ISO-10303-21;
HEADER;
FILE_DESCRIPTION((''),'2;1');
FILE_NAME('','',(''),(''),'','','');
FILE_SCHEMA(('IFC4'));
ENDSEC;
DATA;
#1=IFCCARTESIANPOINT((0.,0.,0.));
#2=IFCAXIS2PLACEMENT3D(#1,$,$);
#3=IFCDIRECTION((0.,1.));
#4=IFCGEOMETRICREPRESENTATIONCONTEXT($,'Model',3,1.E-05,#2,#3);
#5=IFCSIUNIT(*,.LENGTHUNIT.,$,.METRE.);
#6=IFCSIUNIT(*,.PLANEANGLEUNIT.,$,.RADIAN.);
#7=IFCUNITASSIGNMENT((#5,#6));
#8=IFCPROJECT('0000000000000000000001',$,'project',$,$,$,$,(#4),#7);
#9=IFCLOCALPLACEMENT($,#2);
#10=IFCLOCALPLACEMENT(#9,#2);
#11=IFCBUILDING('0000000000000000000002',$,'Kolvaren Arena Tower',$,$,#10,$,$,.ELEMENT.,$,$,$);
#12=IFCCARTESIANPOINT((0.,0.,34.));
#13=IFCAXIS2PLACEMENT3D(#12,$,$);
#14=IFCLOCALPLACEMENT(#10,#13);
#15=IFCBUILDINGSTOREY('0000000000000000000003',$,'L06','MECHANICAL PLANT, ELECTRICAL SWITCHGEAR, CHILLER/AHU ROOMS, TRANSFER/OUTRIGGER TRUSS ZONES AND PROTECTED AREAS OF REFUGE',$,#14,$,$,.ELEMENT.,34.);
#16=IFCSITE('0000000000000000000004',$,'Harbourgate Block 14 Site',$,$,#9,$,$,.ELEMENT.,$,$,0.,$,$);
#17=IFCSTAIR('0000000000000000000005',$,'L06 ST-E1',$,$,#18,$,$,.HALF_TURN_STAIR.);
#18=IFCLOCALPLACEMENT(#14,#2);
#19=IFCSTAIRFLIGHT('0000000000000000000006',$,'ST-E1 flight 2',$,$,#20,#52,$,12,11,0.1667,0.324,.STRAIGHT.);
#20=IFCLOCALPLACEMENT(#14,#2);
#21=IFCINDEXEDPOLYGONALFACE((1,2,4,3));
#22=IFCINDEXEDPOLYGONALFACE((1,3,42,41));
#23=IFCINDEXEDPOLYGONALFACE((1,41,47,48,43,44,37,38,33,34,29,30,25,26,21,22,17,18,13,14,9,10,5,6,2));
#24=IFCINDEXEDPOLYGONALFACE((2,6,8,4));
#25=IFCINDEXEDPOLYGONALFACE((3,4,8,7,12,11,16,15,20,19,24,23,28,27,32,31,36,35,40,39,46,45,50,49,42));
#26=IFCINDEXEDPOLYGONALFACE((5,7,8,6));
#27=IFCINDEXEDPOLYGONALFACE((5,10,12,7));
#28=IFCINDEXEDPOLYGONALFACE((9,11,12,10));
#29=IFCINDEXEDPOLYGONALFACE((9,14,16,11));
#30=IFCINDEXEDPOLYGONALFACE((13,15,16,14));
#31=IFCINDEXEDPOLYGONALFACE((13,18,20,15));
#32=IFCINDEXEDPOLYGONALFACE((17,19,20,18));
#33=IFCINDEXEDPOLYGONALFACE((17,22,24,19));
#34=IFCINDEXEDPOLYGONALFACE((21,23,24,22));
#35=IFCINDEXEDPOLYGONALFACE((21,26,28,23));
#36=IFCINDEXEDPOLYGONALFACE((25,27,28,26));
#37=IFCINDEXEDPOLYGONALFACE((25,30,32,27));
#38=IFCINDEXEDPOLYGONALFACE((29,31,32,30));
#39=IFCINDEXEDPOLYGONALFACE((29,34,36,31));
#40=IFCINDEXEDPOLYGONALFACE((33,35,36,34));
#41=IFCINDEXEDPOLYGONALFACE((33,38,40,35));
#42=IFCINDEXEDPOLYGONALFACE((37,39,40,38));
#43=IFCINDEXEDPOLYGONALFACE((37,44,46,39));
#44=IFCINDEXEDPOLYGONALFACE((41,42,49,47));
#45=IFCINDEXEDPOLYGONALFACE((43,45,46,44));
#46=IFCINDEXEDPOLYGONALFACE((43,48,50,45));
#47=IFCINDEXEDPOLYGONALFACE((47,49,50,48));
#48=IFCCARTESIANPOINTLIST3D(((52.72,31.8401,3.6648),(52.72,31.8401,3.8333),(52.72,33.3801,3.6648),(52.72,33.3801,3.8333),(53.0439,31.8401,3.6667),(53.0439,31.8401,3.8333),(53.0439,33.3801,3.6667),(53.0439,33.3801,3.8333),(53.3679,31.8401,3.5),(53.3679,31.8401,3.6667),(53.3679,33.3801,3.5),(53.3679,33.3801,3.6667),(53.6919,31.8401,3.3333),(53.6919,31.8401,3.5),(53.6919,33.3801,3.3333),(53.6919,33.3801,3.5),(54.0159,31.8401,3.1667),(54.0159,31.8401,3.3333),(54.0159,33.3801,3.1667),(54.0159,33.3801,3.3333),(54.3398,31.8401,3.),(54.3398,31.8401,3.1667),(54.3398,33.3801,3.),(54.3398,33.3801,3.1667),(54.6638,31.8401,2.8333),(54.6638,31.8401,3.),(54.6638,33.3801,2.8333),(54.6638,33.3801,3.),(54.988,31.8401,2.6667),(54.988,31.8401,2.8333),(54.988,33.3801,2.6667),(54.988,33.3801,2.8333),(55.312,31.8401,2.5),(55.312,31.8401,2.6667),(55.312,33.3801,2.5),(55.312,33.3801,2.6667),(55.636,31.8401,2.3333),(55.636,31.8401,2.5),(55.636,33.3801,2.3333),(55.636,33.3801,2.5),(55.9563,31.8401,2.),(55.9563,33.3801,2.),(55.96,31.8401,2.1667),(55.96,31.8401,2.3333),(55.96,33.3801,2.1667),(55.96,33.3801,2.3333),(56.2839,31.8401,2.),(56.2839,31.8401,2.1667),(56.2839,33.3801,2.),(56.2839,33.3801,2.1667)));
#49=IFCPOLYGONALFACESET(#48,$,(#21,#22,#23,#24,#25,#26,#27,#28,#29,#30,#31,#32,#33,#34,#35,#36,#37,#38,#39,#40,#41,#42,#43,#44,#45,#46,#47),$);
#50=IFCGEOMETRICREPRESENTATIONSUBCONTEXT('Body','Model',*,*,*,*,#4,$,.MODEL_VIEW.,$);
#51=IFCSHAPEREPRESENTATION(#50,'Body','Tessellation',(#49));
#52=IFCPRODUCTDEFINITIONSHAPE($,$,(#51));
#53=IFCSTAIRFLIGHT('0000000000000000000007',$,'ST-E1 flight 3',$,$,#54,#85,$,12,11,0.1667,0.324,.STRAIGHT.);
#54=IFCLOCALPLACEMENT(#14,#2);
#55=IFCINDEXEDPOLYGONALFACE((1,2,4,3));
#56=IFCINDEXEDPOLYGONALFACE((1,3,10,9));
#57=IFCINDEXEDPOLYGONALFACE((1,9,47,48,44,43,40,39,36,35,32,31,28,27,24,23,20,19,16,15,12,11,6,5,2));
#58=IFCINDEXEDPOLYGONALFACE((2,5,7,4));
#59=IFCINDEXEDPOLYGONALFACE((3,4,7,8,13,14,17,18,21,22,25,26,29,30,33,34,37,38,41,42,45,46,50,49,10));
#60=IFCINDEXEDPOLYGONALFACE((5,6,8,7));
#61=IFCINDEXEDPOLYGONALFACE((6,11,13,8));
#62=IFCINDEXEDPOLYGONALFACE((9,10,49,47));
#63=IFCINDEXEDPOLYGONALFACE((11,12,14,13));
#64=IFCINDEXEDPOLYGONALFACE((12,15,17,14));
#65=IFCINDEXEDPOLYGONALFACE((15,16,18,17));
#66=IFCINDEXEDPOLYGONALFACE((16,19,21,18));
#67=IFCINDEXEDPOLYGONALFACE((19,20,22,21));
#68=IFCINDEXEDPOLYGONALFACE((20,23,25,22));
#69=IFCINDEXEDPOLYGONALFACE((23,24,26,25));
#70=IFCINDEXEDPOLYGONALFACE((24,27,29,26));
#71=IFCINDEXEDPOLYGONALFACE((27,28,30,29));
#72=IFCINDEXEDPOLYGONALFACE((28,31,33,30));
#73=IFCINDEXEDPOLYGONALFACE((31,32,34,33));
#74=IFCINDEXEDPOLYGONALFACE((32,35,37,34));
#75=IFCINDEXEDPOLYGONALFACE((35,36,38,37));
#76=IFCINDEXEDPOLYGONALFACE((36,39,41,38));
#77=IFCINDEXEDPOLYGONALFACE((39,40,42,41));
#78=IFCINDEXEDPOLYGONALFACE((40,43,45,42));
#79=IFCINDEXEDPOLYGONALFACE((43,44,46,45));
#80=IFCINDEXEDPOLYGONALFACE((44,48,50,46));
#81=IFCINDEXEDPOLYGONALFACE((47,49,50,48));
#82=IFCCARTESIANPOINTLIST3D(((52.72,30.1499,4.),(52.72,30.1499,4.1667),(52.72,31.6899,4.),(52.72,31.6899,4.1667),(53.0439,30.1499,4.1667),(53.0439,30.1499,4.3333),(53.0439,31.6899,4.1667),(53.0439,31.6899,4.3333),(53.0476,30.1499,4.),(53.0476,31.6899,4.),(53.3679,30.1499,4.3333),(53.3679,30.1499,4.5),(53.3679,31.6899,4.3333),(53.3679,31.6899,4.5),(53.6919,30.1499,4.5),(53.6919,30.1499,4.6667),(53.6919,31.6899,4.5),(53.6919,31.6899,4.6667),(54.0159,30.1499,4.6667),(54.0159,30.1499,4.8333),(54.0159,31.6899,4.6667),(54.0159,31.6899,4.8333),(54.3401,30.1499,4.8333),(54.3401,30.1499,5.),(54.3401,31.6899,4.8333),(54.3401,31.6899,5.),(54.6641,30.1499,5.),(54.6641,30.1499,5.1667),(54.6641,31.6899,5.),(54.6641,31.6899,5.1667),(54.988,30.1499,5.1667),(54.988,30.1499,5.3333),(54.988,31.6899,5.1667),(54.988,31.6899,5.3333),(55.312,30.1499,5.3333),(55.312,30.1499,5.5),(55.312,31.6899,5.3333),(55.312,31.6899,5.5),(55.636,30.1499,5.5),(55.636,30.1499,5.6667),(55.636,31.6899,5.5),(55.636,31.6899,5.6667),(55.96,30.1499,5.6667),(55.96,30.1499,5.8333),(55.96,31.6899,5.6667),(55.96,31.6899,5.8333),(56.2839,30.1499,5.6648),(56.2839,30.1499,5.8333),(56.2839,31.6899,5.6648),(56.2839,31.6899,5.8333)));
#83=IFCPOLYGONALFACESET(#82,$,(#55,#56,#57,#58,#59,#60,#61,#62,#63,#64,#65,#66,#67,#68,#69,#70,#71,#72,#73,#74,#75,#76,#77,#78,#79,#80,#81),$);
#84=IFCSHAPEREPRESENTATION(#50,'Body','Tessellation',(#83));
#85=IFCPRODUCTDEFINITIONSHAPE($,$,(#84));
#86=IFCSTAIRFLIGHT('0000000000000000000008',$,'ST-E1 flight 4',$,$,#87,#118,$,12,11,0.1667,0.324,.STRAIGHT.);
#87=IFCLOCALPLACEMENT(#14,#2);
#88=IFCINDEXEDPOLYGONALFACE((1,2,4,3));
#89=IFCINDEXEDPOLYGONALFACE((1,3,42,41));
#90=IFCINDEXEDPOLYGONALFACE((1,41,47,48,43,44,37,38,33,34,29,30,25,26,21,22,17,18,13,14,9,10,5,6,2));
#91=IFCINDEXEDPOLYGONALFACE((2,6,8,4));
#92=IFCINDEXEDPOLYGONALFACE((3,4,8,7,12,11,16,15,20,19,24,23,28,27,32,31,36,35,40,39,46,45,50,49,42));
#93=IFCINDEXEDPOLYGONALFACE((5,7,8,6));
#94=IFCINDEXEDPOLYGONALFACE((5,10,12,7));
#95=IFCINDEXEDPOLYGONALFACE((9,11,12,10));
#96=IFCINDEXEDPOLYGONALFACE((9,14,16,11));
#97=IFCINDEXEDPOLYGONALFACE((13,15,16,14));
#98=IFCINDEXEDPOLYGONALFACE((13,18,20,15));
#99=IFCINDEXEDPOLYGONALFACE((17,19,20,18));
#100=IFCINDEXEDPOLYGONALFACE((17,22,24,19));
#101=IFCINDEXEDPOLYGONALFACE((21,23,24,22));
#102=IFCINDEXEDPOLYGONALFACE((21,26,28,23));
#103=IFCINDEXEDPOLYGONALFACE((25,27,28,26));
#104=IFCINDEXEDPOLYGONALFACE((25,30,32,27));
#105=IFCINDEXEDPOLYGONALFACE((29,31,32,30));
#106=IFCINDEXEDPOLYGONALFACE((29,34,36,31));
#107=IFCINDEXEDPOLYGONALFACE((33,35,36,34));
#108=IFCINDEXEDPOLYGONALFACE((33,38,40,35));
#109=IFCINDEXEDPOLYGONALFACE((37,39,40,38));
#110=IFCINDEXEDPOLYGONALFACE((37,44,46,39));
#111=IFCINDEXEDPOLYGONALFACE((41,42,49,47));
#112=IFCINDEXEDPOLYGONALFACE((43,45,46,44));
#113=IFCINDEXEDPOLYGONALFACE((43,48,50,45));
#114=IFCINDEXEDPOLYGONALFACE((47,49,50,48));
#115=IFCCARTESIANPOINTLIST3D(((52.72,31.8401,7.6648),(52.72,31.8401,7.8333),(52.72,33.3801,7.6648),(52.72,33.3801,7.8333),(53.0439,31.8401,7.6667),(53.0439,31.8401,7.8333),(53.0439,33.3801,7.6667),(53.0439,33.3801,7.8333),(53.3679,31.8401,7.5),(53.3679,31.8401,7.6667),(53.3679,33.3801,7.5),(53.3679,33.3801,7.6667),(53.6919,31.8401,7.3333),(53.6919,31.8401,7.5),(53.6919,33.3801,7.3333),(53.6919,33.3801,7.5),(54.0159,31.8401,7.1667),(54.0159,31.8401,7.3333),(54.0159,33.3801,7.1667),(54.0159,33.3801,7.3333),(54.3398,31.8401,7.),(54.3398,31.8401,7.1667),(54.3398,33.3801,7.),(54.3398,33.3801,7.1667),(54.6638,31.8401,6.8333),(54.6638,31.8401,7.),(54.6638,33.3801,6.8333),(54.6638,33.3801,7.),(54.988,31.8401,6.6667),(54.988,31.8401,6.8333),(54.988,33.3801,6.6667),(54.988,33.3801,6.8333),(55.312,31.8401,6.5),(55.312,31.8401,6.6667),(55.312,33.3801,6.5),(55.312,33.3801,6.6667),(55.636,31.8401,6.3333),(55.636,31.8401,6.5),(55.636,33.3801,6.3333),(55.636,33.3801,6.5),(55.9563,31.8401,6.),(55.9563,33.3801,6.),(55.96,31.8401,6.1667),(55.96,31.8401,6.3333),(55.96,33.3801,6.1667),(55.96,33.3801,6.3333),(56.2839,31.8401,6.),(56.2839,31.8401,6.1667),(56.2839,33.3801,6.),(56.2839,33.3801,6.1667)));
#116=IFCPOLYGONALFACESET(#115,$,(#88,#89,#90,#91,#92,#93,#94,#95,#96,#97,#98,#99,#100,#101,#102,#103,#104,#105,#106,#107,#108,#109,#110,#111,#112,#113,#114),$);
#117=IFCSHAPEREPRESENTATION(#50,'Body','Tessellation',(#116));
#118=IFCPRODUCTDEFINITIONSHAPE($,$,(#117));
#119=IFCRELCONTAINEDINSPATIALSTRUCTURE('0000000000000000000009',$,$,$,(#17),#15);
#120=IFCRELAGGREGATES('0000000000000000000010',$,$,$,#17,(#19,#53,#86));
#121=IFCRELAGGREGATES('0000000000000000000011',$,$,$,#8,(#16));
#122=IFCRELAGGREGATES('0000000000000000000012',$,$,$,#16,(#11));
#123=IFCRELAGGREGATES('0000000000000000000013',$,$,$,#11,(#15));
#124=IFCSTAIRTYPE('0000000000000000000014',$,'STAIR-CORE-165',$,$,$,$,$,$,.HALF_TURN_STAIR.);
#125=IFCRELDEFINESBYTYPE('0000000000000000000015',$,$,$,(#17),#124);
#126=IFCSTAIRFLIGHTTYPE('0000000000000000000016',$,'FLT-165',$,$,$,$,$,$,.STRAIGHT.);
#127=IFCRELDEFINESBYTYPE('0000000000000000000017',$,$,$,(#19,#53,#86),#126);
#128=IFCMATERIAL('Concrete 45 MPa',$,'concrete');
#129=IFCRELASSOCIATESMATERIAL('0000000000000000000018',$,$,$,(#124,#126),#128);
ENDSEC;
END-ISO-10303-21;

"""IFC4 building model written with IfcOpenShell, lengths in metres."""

from ifc_helpers import new_model, si_unit, direction, frame, origin, place, context, subcontext, project, spatial, polyline, outline, extrude, material, type_object, element, aggregate, save


model = new_model("IFC4")

# Units and contexts
model_context = context("Model", 3, precision=1e-05, world=origin(), true_north=direction((0.0, 1.0)))
body_context = subcontext(model_context, "Body", "Model", "MODEL_VIEW")
ifc_project = project(units=[si_unit("LENGTHUNIT", "METRE"), si_unit("PLANEANGLEUNIT", "RADIAN")], contexts=[model_context])

# Site, building, storey
site_placement = place(None, origin())
site = spatial("IfcSite", under=ifc_project, at=site_placement, Name="Harbourgate Block 14 Site", CompositionType="ELEMENT", RefElevation=0.0)
building_placement = place(site_placement, origin())
building = spatial("IfcBuilding", under=site, at=building_placement, Name="Kolvaren Arena Tower", CompositionType="ELEMENT")
storey_placement = place(building_placement, frame((0.0, 0.0, 34.0)))
storey = spatial("IfcBuildingStorey", under=building, at=storey_placement, Name="L06", Description="MECHANICAL PLANT, ELECTRICAL SWITCHGEAR, CHILLER/AHU ROOMS, TRANSFER/OUTRIGGER TRUSS ZONES AND PROTECTED AREAS OF REFUGE", CompositionType="ELEMENT", Elevation=34.0)

# Shared definitions
ifc_material_1 = material(Name="Concrete 45 MPa", Category="concrete")

# Stair, stair flights
stair_type_1 = type_object("IfcStairType", Name="STAIR-CORE-165", PredefinedType="HALF_TURN_STAIR", material=ifc_material_1)
stair_1_placement = place(storey_placement, origin())
stair_1 = element("IfcStair", 1, at=stair_1_placement, inside=storey, type_object=stair_type_1, Name="L06 ST-E1", PredefinedType="HALF_TURN_STAIR")
stair_flight_type_1 = type_object("IfcStairFlightType", Name="FLT-165", PredefinedType="STRAIGHT", material=ifc_material_1)
stair_flight_1_placement = place(storey_placement, frame((56.2839, 32.6101, 2.0), z_axis=(0.0, 0.0, 1.0), x_axis=(-1.0, 0.0, 0.0)))
stair_flight_1 = element("IfcStairFlight", 2, at=stair_flight_1_placement, type_object=stair_flight_type_1, Name="ST-E1 flight 2", NumberOfRisers=12, NumberOfTreads=11, PredefinedType="STRAIGHT", RiserHeight=0.1667, TreadLength=0.324, context=body_context, shape_type="SweptSolid", body=[
    extrude(outline(polyline([(0.0, 0.0), (0.0, 0.1667), (0.324, 0.1667), (0.324, 0.3333), (0.6479, 0.3333), (0.6479, 0.5), (0.9719, 0.5), (0.9719, 0.6667), (1.2959, 0.6667), (1.2959, 0.8333), (1.6201, 0.8333), (1.6201, 1.0), (1.9441, 1.0), (1.9441, 1.1667), (2.2681, 1.1667), (2.2681, 1.3333), (2.592, 1.3333), (2.592, 1.5), (2.916, 1.5), (2.916, 1.6667), (3.24, 1.6667), (3.24, 1.8333), (3.564, 1.8333), (3.564, 2.0), (3.564, 1.6648), (0.3276, 0.0), (0.0, 0.0)])), frame((0.0, 0.77, 0.0), z_axis=(0.0, -1.0, 0.0), x_axis=(1.0, 0.0, 0.0)), (0.0, 0.0, 1.0), 1.54),
])
stair_flight_2_placement = place(storey_placement, frame((52.72, 30.9199, 4.0), z_axis=(0.0, 0.0, 1.0), x_axis=(1.0, 0.0, 0.0)))
stair_flight_2 = element("IfcStairFlight", 3, at=stair_flight_2_placement, type_object=stair_flight_type_1, Name="ST-E1 flight 3", NumberOfRisers=12, NumberOfTreads=11, PredefinedType="STRAIGHT", RiserHeight=0.1667, TreadLength=0.324, context=body_context, shape_type="SweptSolid", body=[
    extrude(outline(polyline([(0.0, 0.0), (0.0, 0.1667), (0.324, 0.1667), (0.324, 0.3333), (0.6479, 0.3333), (0.6479, 0.5), (0.9719, 0.5), (0.9719, 0.6667), (1.2959, 0.6667), (1.2959, 0.8333), (1.6201, 0.8333), (1.6201, 1.0), (1.9441, 1.0), (1.9441, 1.1667), (2.2681, 1.1667), (2.2681, 1.3333), (2.592, 1.3333), (2.592, 1.5), (2.916, 1.5), (2.916, 1.6667), (3.24, 1.6667), (3.24, 1.8333), (3.564, 1.8333), (3.564, 2.0), (3.564, 1.6648), (0.3276, 0.0), (0.0, 0.0)])), frame((0.0, 0.77, 0.0), z_axis=(0.0, -1.0, 0.0), x_axis=(1.0, 0.0, 0.0)), (0.0, 0.0, 1.0), 1.54),
])
stair_flight_3_placement = place(storey_placement, frame((56.2839, 32.6101, 6.0), z_axis=(0.0, 0.0, 1.0), x_axis=(-1.0, 0.0, 0.0)))
stair_flight_3 = element("IfcStairFlight", 4, at=stair_flight_3_placement, type_object=stair_flight_type_1, Name="ST-E1 flight 4", NumberOfRisers=12, NumberOfTreads=11, PredefinedType="STRAIGHT", RiserHeight=0.1667, TreadLength=0.324, context=body_context, shape_type="SweptSolid", body=[
    extrude(outline(polyline([(0.0, 0.0), (0.0, 0.1667), (0.324, 0.1667), (0.324, 0.3333), (0.6479, 0.3333), (0.6479, 0.5), (0.9719, 0.5), (0.9719, 0.6667), (1.2959, 0.6667), (1.2959, 0.8333), (1.6201, 0.8333), (1.6201, 1.0), (1.9441, 1.0), (1.9441, 1.1667), (2.2681, 1.1667), (2.2681, 1.3333), (2.592, 1.3333), (2.592, 1.5), (2.916, 1.5), (2.916, 1.6667), (3.24, 1.6667), (3.24, 1.8333), (3.564, 1.8333), (3.564, 2.0), (3.564, 1.6648), (0.3276, 0.0), (0.0, 0.0)])), frame((0.0, 0.77, 0.0), z_axis=(0.0, -1.0, 0.0), x_axis=(1.0, 0.0, 0.0)), (0.0, 0.0, 1.0), 1.54),
])
aggregate(stair_1, [stair_flight_1, stair_flight_2, stair_flight_3])

save(model, "model.ifc")
